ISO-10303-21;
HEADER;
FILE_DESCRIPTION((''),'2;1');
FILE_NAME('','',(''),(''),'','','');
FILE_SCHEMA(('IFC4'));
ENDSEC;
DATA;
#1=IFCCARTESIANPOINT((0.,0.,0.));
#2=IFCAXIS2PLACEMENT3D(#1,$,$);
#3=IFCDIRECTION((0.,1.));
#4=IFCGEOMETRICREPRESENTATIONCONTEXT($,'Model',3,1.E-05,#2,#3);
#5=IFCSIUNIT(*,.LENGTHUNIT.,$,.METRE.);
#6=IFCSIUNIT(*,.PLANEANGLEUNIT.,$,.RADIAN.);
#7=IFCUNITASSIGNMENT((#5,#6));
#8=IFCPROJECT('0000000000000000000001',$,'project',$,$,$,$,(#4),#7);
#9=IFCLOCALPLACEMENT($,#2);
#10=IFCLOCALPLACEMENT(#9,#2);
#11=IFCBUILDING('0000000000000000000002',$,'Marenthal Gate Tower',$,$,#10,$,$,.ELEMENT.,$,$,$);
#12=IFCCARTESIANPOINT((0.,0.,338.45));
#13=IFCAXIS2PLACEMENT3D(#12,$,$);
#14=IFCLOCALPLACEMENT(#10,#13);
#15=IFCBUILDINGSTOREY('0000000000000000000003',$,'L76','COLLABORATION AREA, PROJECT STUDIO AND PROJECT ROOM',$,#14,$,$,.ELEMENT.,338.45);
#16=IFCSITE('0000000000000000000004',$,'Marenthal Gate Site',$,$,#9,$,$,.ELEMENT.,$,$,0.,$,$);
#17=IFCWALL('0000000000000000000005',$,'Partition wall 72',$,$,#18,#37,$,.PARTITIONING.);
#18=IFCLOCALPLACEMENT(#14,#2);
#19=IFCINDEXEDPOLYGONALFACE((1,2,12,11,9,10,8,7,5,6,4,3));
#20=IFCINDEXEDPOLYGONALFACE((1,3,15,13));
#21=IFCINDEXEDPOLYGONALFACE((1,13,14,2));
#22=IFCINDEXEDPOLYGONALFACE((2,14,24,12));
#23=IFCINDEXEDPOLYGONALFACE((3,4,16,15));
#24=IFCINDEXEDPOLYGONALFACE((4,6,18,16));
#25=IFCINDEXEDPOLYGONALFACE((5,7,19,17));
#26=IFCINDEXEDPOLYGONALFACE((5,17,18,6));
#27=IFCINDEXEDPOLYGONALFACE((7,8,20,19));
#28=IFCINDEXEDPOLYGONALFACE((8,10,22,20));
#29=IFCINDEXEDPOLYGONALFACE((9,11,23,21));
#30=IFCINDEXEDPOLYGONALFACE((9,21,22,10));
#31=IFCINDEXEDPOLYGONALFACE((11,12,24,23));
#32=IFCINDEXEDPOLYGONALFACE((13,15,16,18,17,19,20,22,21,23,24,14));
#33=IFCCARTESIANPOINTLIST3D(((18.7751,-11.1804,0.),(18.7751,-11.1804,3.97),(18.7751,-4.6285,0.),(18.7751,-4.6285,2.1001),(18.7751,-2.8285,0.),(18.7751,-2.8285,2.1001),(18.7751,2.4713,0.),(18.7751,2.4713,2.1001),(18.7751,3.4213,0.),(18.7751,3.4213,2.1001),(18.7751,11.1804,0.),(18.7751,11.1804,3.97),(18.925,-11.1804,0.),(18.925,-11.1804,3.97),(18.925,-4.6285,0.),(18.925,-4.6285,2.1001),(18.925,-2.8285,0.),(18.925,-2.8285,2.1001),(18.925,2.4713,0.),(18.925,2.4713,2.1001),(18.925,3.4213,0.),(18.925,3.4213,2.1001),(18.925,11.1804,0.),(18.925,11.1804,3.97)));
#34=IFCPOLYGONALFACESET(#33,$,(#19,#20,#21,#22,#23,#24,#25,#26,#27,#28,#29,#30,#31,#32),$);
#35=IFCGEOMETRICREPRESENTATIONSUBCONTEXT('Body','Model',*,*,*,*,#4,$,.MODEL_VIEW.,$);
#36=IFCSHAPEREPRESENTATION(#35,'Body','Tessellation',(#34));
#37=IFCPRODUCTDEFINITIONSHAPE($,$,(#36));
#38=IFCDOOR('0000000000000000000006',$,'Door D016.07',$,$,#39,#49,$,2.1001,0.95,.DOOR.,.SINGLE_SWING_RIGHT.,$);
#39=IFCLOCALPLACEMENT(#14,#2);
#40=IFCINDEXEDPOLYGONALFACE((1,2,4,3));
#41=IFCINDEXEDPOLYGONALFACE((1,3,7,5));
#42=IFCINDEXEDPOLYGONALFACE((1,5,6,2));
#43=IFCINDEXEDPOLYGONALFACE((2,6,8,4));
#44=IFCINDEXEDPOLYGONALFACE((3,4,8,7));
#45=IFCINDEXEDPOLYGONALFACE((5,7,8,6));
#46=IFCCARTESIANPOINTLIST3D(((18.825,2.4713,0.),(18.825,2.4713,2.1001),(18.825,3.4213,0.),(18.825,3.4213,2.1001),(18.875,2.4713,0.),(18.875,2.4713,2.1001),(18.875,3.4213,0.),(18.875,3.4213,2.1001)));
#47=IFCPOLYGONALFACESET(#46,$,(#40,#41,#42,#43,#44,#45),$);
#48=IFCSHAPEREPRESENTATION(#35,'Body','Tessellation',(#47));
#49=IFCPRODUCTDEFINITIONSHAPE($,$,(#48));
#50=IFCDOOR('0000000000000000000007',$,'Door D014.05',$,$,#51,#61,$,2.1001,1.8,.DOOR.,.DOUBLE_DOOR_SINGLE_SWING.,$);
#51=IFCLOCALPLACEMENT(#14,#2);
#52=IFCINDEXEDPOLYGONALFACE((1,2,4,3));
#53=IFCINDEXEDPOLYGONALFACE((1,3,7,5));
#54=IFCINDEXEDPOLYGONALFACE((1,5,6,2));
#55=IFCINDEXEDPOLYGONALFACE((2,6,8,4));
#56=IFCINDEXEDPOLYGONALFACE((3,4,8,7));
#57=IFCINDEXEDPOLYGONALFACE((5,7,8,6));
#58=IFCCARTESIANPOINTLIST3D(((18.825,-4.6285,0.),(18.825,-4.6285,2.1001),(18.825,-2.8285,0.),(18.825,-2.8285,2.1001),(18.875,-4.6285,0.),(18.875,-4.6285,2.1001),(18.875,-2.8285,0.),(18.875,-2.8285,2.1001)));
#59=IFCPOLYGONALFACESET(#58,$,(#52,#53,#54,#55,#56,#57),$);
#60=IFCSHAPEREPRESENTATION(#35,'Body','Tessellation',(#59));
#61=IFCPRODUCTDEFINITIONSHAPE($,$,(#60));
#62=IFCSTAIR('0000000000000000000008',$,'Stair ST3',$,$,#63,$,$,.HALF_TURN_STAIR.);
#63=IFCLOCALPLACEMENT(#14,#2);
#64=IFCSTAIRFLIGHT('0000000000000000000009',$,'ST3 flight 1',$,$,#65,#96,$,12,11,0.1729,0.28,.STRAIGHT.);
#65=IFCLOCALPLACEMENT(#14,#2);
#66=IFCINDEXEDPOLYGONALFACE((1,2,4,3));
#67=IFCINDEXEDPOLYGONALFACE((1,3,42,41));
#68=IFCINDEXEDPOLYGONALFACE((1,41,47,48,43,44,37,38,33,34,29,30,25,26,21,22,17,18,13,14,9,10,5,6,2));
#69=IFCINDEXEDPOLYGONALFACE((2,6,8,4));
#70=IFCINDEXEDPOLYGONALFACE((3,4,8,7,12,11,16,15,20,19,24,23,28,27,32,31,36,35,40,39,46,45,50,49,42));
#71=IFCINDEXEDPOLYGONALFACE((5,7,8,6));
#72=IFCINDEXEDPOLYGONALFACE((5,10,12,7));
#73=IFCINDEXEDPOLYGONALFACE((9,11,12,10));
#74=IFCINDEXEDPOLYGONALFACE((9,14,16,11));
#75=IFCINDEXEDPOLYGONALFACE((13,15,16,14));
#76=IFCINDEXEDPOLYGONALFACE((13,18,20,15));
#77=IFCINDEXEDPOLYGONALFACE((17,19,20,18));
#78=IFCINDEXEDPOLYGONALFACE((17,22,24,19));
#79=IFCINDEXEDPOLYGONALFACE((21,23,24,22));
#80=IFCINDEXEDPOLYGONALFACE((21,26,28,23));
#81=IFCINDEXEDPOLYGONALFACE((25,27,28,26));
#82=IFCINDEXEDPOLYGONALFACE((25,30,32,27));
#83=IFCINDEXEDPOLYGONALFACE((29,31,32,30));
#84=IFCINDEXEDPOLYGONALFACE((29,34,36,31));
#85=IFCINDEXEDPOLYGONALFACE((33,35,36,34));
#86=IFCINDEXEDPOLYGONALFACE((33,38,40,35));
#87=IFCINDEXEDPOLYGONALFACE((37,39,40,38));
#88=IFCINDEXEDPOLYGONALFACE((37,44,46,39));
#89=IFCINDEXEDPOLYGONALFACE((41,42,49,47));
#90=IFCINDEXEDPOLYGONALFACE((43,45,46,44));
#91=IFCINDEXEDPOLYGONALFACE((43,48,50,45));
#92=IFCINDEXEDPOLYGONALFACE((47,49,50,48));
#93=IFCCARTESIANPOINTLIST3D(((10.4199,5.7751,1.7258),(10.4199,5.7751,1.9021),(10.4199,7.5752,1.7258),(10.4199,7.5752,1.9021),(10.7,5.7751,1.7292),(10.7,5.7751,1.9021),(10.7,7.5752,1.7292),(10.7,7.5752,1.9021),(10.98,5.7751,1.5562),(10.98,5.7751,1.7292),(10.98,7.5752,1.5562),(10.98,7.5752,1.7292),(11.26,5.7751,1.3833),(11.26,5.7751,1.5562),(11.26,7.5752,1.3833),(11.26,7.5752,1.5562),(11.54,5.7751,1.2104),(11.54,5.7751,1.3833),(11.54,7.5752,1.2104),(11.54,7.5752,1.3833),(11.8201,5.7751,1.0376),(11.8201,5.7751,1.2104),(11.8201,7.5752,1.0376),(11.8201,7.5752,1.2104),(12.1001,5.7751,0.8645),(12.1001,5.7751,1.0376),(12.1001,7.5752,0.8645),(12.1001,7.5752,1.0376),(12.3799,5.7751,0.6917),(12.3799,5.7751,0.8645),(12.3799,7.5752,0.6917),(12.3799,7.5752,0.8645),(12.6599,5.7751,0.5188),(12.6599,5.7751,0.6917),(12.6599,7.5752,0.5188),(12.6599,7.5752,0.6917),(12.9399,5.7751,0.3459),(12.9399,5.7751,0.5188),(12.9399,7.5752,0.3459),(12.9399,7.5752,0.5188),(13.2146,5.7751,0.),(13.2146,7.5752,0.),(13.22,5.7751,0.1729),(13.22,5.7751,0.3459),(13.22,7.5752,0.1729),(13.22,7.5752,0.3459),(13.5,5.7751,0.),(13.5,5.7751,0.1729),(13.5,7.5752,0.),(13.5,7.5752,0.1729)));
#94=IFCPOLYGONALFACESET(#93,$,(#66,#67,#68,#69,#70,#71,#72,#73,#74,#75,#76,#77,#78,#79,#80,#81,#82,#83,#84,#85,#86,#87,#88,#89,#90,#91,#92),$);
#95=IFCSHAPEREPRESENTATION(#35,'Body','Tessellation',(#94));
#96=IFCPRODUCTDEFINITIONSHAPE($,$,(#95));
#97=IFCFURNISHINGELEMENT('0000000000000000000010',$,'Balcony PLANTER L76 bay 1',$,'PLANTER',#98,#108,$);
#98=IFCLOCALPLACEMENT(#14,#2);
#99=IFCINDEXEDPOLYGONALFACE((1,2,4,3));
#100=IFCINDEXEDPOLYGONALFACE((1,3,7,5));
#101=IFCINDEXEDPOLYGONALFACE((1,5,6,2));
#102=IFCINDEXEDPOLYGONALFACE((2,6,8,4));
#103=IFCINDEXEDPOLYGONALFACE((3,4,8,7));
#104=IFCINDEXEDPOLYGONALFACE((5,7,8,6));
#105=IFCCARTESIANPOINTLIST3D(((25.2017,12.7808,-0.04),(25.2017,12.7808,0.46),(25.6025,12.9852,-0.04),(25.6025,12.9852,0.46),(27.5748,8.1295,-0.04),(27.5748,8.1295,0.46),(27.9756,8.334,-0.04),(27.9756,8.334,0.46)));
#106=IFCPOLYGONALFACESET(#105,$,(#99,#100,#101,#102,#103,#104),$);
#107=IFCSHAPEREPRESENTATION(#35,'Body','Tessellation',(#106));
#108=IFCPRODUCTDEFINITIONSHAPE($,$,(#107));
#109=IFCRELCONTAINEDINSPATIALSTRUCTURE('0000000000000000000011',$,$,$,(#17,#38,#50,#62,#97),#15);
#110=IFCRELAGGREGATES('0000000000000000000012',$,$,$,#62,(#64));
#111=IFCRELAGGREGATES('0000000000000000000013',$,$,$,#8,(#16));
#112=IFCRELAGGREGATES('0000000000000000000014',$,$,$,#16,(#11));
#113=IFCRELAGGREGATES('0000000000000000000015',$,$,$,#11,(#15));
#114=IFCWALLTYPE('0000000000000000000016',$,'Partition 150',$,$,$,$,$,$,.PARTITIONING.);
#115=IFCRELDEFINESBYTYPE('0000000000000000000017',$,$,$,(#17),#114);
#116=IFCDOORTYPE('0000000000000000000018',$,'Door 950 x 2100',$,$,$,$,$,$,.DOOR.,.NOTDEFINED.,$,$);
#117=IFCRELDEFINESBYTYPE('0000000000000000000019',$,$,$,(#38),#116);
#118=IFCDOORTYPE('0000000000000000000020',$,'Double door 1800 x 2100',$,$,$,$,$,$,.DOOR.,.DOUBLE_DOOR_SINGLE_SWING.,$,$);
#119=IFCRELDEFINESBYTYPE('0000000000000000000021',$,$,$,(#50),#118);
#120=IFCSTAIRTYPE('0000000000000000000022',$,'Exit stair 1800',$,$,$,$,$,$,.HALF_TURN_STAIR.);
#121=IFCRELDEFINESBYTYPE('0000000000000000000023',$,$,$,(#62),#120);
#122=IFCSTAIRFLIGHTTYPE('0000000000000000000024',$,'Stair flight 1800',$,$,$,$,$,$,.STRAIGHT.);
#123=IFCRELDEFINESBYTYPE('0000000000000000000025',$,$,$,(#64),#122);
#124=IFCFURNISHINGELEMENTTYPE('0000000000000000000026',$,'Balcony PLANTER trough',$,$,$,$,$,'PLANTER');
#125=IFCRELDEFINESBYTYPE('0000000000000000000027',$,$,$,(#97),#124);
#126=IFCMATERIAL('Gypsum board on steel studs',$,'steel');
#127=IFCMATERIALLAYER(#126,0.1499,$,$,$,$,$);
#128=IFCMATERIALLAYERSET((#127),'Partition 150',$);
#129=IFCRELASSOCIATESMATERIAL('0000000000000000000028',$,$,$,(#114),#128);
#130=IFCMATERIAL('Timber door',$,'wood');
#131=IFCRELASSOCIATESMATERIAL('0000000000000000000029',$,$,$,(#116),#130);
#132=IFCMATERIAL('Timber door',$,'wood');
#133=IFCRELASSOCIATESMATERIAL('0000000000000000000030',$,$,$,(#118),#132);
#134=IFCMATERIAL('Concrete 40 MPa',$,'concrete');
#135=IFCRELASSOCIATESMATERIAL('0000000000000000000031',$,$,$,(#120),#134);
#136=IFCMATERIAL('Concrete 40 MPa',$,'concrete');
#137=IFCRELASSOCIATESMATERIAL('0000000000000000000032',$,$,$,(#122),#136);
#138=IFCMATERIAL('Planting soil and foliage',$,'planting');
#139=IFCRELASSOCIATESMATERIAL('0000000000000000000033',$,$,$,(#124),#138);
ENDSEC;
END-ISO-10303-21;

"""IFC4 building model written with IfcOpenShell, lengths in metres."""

from ifc_helpers import new_model, si_unit, direction, frame, frame_2d, origin, origin_2d, place, context, subcontext, project, spatial, polyline, rectangle, outline, extrude, material, layer, layer_set, type_object, element, fill, aggregate, save


model = new_model("IFC4")

# Units and contexts
model_context = context("Model", 3, precision=1e-05, world=origin(), true_north=direction((0.0, 1.0)))
body_context = subcontext(model_context, "Body", "Model", "MODEL_VIEW")
ifc_project = project(units=[si_unit("LENGTHUNIT", "METRE"), si_unit("PLANEANGLEUNIT", "RADIAN")], contexts=[model_context])

# Site, building, storey
site_placement = place(None, origin())
site = spatial("IfcSite", under=ifc_project, at=site_placement, Name="Marenthal Gate Site", CompositionType="ELEMENT", RefElevation=0.0)
building_placement = place(site_placement, origin())
building = spatial("IfcBuilding", under=site, at=building_placement, Name="Marenthal Gate Tower", CompositionType="ELEMENT")
storey_placement = place(building_placement, frame((0.0, 0.0, 338.45)))
storey = spatial("IfcBuildingStorey", under=building, at=storey_placement, Name="L76", Description="COLLABORATION AREA, PROJECT STUDIO AND PROJECT ROOM", CompositionType="ELEMENT", Elevation=338.45)

# Wall, openings, doors
ifc_material_1 = material(Name="Gypsum board on steel studs", Category="steel")
ifc_layer_1 = layer(ifc_material_1, 0.1499)
ifc_layer_set_1 = layer_set([ifc_layer_1], Name="Partition 150")
wall_type_1 = type_object("IfcWallType", Name="Partition 150", PredefinedType="PARTITIONING", material=ifc_layer_set_1)
wall_1_placement = place(storey_placement, frame((18.8501, 11.1804, 0.0), z_axis=(0.0, 0.0, 1.0), x_axis=(0.0, -1.0, 0.0)))
wall_1 = element("IfcWall", 1, at=wall_1_placement, inside=storey, type_object=wall_type_1, Name="Partition wall 72", PredefinedType="PARTITIONING", context=body_context, shape_type="SweptSolid", body=[
    extrude(rectangle(XDim=22.3608, YDim=0.1499, at=frame_2d((11.1804, 0.0))), origin(), (0.0, 0.0, 1.0), 3.97),
])
opening_1_placement = place(wall_1_placement, frame((7.759, 0.0, 0.0)))
opening_1 = element("IfcOpeningElement", 2, at=opening_1_placement, cuts=wall_1, PredefinedType="OPENING", context=body_context, shape_type="SweptSolid", body=[
    extrude(rectangle(XDim=0.95, YDim=2.1001, at=frame_2d((0.4751, 1.05))), frame((0.0, 0.085, 0.0), z_axis=(0.0, -1.0, 0.0), x_axis=(1.0, 0.0, 0.0)), (0.0, 0.0, 1.0), 0.1699),
])
opening_2_placement = place(wall_1_placement, frame((14.009, 0.0, 0.0)))
opening_2 = element("IfcOpeningElement", 3, at=opening_2_placement, cuts=wall_1, PredefinedType="OPENING", context=body_context, shape_type="SweptSolid", body=[
    extrude(rectangle(XDim=1.8, YDim=2.1001, at=frame_2d((0.8999, 1.05))), frame((0.0, 0.085, 0.0), z_axis=(0.0, -1.0, 0.0), x_axis=(1.0, 0.0, 0.0)), (0.0, 0.0, 1.0), 0.1699),
])
ifc_material_2 = material(Name="Timber door", Category="wood")
door_type_1 = type_object("IfcDoorType", Name="Door 950 x 2100", OperationType="NOTDEFINED", PredefinedType="DOOR", material=ifc_material_2)
door_1_placement = place(opening_1_placement, origin())
door_1 = element("IfcDoor", 4, at=door_1_placement, inside=storey, type_object=door_type_1, Name="Door D016.07", OperationType="SINGLE_SWING_RIGHT", OverallHeight=2.1001, OverallWidth=0.95, PredefinedType="DOOR", context=body_context, shape_type="SweptSolid", body=[
    extrude(rectangle(XDim=0.95, YDim=2.1001, at=frame_2d((0.4751, 1.05))), frame((0.0, 0.0249, 0.0), z_axis=(0.0, -1.0, 0.0), x_axis=(1.0, 0.0, 0.0)), (0.0, 0.0, 1.0), 0.05),
])
fill(opening_1, door_1)
ifc_material_3 = material(Name="Timber door", Category="wood")
door_type_2 = type_object("IfcDoorType", Name="Double door 1800 x 2100", OperationType="DOUBLE_DOOR_SINGLE_SWING", PredefinedType="DOOR", material=ifc_material_3)
door_2_placement = place(opening_2_placement, origin())
door_2 = element("IfcDoor", 5, at=door_2_placement, inside=storey, type_object=door_type_2, Name="Door D014.05", OperationType="DOUBLE_DOOR_SINGLE_SWING", OverallHeight=2.1001, OverallWidth=1.8, PredefinedType="DOOR", context=body_context, shape_type="SweptSolid", body=[
    extrude(rectangle(XDim=1.8, YDim=2.1001, at=frame_2d((0.8999, 1.05))), frame((0.0, 0.0249, 0.0), z_axis=(0.0, -1.0, 0.0), x_axis=(1.0, 0.0, 0.0)), (0.0, 0.0, 1.0), 0.05),
])
fill(opening_2, door_2)

# Stair, stair flight
ifc_material_4 = material(Name="Concrete 40 MPa", Category="concrete")
stair_type = type_object("IfcStairType", Name="Exit stair 1800", PredefinedType="HALF_TURN_STAIR", material=ifc_material_4)
stair_placement = place(storey_placement, origin())
stair = element("IfcStair", 6, at=stair_placement, inside=storey, type_object=stair_type, Name="Stair ST3", PredefinedType="HALF_TURN_STAIR")
ifc_material_5 = material(Name="Concrete 40 MPa", Category="concrete")
stair_flight_type = type_object("IfcStairFlightType", Name="Stair flight 1800", PredefinedType="STRAIGHT", material=ifc_material_5)
stair_flight_placement = place(storey_placement, frame((13.5, 6.675, 0.0), z_axis=(0.0, 0.0, 1.0), x_axis=(-1.0, 0.0, 0.0)))
stair_flight = element("IfcStairFlight", 7, at=stair_flight_placement, type_object=stair_flight_type, Name="ST3 flight 1", NumberOfRisers=12, NumberOfTreads=11, PredefinedType="STRAIGHT", RiserHeight=0.1729, TreadLength=0.28, context=body_context, shape_type="SweptSolid", body=[
    extrude(outline(polyline([(0.0, 0.0), (0.0, 0.1729), (0.28, 0.1729), (0.28, 0.3459), (0.5601, 0.3459), (0.5601, 0.5188), (0.8401, 0.5188), (0.8401, 0.6917), (1.1201, 0.6917), (1.1201, 0.8645), (1.3999, 0.8645), (1.3999, 1.0376), (1.6799, 1.0376), (1.6799, 1.2104), (1.96, 1.2104), (1.96, 1.3833), (2.24, 1.3833), (2.24, 1.5562), (2.52, 1.5562), (2.52, 1.7292), (2.8, 1.7292), (2.8, 1.9021), (3.0801, 1.9021), (3.0801, 2.075), (3.0801, 1.7258), (0.2854, 0.0), (0.0, 0.0)])), frame((0.0, 0.8999, 0.0), z_axis=(0.0, -1.0, 0.0), x_axis=(1.0, 0.0, 0.0)), (0.0, 0.0, 1.0), 1.8),
])
aggregate(stair, [stair_flight])

# Furnishing element
ifc_material_6 = material(Name="Planting soil and foliage", Category="planting")
furnishing_element_type = type_object("IfcFurnishingElementType", Name="Balcony PLANTER trough", ElementType="PLANTER", material=ifc_material_6)
furnishing_placement = place(storey_placement, frame((26.5886, 10.5574, -0.04), z_axis=(0.0, 0.0, 1.0), x_axis=(-0.454476, 0.890759, 0.0)))
element("IfcFurnishingElement", 8, at=furnishing_placement, inside=storey, type_object=furnishing_element_type, Name="Balcony PLANTER L76 bay 1", ObjectType="PLANTER", context=body_context, shape_type="SweptSolid", body=[
    extrude(rectangle(XDim=5.2217, YDim=0.45, at=origin_2d()), origin(), (0.0, 0.0, 1.0), 0.5),
])

save(model, "model.ifc")
